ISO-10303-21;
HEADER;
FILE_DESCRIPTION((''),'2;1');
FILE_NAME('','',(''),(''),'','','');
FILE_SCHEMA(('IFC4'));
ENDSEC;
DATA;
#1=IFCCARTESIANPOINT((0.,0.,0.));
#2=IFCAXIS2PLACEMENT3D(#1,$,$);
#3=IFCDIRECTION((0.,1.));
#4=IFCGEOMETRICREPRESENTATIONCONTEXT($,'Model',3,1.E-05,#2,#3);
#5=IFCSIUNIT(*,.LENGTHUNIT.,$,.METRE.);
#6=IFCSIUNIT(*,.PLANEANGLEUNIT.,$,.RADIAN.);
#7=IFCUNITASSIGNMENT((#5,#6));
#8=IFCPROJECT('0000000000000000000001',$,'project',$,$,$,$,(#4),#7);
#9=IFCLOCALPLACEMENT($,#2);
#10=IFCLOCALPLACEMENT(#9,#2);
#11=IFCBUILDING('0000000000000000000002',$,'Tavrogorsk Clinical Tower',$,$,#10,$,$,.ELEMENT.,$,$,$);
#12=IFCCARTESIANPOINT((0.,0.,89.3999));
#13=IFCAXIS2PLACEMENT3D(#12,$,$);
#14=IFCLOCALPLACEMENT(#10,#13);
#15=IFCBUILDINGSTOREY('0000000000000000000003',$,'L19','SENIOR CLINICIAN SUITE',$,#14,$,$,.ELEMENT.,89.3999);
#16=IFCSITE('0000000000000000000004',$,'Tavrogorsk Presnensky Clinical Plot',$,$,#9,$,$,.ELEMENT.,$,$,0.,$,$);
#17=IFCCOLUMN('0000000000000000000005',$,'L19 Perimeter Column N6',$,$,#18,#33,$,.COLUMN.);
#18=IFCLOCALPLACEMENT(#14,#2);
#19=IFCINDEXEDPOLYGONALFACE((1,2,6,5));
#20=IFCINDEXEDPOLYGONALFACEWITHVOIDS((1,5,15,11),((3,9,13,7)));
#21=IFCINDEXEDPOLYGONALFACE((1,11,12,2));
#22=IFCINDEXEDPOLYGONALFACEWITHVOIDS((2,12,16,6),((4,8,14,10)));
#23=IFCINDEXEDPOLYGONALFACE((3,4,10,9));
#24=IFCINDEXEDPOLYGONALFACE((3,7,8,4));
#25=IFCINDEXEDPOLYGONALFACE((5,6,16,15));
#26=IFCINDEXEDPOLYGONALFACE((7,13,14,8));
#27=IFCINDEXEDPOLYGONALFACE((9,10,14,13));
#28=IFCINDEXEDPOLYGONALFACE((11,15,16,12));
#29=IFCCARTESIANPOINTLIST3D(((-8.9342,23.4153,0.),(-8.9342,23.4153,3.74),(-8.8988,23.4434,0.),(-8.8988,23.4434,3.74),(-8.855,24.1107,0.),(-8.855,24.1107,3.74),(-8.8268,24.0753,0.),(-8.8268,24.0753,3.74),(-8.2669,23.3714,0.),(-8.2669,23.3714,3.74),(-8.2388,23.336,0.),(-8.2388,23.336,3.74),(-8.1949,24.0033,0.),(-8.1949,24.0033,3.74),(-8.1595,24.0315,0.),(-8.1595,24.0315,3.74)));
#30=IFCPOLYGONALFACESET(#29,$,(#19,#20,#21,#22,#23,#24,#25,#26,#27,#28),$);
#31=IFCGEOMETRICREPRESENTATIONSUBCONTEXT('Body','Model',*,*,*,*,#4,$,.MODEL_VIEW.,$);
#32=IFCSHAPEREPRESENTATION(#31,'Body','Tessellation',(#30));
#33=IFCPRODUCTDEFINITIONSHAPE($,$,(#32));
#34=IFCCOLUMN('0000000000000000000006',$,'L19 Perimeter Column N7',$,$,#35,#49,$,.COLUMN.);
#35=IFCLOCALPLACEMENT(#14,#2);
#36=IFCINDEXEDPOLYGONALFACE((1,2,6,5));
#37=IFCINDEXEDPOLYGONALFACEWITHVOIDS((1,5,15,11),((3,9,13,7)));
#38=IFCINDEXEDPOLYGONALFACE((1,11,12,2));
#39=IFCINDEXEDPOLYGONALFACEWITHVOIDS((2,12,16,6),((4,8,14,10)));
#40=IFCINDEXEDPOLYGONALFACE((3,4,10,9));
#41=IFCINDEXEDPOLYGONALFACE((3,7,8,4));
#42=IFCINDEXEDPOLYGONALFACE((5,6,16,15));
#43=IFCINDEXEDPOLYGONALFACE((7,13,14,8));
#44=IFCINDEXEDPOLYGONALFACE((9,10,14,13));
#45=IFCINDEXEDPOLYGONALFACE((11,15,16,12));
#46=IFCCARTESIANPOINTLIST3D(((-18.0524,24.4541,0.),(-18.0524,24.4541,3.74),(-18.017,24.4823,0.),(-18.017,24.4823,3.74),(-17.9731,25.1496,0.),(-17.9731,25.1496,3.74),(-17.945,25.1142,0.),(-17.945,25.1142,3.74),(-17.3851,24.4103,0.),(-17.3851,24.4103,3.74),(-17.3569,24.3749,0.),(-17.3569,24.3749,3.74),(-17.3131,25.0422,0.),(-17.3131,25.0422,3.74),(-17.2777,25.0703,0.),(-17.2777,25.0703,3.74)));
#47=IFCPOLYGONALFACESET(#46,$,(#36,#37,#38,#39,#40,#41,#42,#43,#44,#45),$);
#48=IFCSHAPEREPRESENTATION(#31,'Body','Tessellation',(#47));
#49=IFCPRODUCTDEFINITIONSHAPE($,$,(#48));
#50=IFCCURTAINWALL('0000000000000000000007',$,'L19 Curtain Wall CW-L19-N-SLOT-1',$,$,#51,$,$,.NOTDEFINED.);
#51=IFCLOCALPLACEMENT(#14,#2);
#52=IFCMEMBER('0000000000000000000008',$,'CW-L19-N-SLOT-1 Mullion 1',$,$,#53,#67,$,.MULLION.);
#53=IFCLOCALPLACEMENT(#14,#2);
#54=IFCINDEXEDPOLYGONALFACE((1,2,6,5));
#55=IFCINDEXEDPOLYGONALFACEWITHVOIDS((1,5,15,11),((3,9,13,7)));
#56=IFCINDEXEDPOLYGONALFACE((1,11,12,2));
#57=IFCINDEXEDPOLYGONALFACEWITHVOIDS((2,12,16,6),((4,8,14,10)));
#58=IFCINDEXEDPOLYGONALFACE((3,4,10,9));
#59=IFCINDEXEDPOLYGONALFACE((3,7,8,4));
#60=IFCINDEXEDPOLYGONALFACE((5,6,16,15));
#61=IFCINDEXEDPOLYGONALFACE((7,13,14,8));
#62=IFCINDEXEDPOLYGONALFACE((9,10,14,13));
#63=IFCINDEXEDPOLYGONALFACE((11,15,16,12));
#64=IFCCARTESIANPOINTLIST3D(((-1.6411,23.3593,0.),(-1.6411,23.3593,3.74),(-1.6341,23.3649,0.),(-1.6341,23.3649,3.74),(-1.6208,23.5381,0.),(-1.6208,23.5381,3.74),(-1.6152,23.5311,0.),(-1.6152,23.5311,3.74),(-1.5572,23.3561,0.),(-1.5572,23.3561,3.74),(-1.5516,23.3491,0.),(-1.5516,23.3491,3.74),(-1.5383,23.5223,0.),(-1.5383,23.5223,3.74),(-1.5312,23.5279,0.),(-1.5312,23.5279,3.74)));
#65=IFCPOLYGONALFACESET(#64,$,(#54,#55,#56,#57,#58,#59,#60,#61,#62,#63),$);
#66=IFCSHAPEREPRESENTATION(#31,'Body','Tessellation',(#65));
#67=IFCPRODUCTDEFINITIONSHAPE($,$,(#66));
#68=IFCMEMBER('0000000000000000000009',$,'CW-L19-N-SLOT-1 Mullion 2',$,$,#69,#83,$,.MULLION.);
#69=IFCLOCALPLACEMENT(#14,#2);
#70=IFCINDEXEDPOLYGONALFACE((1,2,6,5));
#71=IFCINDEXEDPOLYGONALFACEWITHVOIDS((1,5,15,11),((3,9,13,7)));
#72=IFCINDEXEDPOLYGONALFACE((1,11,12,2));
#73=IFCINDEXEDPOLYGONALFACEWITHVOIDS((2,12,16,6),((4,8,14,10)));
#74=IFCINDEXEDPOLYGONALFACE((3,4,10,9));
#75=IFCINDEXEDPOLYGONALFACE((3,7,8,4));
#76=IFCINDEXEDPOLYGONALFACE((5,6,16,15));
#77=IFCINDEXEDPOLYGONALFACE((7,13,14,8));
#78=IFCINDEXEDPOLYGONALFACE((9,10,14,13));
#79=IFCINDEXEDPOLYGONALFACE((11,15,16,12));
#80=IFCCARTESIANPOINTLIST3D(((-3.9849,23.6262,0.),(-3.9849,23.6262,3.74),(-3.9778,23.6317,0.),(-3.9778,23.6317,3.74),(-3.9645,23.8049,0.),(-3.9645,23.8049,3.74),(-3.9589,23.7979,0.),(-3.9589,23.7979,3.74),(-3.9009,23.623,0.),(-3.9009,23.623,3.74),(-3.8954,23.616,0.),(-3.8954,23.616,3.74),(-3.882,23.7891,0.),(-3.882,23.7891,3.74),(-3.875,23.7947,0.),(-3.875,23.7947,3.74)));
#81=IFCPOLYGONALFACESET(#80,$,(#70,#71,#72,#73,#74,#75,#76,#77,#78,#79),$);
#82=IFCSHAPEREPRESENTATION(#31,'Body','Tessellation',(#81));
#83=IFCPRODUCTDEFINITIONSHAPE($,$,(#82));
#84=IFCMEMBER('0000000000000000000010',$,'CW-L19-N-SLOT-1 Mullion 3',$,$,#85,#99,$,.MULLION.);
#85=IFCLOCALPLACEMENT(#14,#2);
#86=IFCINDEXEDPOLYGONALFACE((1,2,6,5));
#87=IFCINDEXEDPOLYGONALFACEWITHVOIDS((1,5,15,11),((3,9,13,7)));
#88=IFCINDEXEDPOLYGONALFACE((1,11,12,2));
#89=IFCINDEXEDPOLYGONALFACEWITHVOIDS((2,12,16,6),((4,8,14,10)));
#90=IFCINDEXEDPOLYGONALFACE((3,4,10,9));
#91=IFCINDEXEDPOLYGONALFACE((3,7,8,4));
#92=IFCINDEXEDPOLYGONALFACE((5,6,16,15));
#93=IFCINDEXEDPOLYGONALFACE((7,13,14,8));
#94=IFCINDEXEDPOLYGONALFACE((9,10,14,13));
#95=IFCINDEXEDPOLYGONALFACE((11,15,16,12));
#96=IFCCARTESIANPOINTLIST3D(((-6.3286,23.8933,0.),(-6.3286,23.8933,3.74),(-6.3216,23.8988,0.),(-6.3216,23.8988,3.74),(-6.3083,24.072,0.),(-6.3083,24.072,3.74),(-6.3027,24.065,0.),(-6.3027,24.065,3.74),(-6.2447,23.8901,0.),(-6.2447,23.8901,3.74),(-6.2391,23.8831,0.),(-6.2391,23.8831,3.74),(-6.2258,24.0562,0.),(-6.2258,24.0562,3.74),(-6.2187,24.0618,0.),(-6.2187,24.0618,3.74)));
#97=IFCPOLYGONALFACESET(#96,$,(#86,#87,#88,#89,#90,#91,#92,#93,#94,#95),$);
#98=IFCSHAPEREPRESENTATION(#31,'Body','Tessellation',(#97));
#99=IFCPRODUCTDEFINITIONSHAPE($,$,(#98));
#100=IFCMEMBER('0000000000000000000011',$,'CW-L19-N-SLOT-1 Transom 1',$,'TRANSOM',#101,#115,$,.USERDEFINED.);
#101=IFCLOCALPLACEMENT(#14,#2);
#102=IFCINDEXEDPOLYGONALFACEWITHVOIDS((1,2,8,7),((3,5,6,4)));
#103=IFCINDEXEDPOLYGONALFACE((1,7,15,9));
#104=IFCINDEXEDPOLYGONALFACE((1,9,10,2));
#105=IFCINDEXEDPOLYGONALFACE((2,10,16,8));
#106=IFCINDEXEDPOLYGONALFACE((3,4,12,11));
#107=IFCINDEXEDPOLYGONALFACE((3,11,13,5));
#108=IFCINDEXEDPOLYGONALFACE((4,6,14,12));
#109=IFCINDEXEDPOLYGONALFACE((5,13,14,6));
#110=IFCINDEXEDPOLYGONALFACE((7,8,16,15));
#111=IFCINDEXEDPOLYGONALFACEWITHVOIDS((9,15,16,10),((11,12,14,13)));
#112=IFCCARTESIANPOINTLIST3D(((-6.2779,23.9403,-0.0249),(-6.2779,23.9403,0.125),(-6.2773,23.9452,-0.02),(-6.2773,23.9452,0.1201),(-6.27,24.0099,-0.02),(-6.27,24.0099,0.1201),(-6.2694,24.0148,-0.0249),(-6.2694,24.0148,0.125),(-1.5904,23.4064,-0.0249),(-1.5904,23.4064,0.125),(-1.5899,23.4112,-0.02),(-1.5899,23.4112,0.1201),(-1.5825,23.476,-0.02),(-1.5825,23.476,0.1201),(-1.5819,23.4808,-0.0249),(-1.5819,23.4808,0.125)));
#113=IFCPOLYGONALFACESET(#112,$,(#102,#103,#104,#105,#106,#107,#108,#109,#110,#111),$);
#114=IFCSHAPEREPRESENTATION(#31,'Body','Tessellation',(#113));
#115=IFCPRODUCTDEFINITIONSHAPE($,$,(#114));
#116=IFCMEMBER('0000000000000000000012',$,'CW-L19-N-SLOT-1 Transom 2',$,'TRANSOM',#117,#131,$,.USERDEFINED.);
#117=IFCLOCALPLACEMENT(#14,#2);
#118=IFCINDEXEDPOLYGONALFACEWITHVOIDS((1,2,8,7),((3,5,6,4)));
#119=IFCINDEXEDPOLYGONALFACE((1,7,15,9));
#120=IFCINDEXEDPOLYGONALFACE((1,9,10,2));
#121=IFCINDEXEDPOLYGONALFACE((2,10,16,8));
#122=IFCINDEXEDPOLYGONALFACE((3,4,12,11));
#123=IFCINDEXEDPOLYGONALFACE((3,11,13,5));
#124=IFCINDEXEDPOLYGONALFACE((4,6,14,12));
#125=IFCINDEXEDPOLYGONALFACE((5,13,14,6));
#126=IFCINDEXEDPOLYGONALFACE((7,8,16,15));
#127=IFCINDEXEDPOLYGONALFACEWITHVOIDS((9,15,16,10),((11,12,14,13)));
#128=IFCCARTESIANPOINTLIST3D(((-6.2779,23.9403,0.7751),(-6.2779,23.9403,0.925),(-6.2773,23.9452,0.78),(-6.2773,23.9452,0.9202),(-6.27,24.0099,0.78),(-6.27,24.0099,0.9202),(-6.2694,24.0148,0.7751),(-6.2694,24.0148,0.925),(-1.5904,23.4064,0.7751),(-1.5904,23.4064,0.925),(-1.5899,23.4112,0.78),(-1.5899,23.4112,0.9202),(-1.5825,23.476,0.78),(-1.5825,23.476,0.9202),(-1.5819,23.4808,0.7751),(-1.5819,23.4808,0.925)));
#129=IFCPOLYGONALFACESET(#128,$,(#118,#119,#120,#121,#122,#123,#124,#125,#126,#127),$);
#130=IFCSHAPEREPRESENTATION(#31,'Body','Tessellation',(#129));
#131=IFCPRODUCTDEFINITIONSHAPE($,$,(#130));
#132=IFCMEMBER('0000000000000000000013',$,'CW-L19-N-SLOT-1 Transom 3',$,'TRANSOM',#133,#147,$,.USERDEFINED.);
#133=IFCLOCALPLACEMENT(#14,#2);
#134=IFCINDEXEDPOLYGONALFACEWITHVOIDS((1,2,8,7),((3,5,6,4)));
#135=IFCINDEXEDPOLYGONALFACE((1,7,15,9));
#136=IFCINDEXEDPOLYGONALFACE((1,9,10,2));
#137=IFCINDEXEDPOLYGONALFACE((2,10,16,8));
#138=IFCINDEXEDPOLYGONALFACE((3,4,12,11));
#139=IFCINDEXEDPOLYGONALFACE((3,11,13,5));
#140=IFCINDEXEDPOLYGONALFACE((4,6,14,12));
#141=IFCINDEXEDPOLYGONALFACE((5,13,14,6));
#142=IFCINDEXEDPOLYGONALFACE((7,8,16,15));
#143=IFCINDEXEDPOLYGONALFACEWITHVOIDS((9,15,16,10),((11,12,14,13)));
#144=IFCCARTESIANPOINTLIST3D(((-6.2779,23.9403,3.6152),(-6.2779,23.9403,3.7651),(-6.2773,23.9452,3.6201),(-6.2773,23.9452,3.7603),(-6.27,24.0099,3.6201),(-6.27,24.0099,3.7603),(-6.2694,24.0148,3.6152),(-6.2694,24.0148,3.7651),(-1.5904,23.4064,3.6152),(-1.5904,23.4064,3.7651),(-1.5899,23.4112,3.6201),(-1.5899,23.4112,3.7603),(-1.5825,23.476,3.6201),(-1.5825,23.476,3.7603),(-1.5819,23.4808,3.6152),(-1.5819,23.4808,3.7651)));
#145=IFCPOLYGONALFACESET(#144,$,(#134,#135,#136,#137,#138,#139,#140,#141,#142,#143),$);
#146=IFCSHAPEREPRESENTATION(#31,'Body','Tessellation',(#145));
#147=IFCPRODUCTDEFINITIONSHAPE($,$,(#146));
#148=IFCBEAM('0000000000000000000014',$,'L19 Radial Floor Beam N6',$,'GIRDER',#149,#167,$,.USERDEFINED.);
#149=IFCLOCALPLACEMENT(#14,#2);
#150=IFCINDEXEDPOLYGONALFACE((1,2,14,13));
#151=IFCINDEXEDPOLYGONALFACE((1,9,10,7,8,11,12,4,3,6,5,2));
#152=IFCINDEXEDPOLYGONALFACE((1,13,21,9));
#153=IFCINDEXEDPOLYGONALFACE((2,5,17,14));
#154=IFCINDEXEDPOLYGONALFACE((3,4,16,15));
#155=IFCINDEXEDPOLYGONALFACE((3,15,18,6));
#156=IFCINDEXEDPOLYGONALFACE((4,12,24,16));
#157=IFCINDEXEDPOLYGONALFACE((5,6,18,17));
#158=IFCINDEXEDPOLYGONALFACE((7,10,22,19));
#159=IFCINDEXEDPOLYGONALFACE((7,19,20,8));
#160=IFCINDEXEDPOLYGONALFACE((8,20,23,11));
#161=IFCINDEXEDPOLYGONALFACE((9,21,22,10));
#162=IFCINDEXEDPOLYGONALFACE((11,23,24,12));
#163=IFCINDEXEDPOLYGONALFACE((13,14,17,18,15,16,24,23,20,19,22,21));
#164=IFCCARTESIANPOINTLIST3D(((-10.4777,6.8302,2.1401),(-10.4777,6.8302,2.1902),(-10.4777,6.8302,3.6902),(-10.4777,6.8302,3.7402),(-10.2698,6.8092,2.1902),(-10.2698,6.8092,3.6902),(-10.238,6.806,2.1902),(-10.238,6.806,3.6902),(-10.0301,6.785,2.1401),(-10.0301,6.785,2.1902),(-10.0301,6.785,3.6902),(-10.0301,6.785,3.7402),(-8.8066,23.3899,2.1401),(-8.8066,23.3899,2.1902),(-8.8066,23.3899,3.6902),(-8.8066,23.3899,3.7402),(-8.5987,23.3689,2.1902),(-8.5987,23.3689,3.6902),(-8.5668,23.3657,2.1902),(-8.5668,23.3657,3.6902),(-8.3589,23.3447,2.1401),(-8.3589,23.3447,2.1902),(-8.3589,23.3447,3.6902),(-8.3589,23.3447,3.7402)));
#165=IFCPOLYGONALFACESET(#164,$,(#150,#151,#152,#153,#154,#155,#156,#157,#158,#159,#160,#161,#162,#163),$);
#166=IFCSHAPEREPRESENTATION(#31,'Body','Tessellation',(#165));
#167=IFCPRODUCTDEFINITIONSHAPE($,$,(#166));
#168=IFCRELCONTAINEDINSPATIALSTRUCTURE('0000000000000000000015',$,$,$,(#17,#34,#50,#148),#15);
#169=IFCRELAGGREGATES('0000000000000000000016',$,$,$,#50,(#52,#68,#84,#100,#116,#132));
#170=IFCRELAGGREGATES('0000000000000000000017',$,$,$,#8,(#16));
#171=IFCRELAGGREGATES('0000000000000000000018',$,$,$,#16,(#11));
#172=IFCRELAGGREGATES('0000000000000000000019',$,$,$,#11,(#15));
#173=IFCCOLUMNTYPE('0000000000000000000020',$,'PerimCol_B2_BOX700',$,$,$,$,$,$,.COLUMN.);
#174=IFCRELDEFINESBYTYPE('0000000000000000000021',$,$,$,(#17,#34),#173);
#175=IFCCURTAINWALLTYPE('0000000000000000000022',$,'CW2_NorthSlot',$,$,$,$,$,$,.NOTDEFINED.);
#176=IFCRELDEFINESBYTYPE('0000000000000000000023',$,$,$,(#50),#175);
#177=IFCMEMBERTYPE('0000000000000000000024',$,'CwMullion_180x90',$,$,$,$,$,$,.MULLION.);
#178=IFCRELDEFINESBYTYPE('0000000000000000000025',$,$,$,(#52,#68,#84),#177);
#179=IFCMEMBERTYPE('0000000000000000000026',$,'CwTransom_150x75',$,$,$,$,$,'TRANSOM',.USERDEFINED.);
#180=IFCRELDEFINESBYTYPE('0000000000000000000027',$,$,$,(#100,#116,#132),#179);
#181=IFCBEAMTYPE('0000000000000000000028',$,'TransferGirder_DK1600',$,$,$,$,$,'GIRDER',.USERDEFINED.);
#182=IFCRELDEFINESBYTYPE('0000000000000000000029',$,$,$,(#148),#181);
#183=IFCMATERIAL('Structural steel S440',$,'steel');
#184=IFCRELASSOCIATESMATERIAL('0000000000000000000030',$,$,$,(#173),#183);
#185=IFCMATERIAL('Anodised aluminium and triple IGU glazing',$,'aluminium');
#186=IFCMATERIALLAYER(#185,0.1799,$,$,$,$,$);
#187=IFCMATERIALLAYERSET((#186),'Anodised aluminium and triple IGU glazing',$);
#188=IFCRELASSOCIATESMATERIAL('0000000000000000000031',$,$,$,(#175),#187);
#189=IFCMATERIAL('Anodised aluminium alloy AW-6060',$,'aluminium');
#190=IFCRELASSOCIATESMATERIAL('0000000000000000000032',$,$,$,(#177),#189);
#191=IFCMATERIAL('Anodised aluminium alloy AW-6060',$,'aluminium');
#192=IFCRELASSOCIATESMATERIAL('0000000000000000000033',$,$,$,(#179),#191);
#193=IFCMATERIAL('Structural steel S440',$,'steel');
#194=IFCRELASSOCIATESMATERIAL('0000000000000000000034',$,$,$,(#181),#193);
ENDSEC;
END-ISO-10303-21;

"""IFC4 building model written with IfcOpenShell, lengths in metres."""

from ifc_helpers import new_model, si_unit, direction, frame, origin, origin_2d, place, context, subcontext, project, spatial, hollow_rectangle, i_section, extrude, material, layer, layer_set, material_profile, profile_set, type_object, element, aggregate, save


model = new_model("IFC4")

# Units and contexts
model_context = context("Model", 3, precision=1e-05, world=origin(), true_north=direction((0.0, 1.0)))
body_context = subcontext(model_context, "Body", "Model", "MODEL_VIEW")
ifc_project = project(units=[si_unit("LENGTHUNIT", "METRE"), si_unit("PLANEANGLEUNIT", "RADIAN")], contexts=[model_context])

# Site, building, storey
site_placement = place(None, origin())
site = spatial("IfcSite", under=ifc_project, at=site_placement, Name="Tavrogorsk Presnensky Clinical Plot", CompositionType="ELEMENT", RefElevation=0.0)
building_placement = place(site_placement, origin())
building = spatial("IfcBuilding", under=site, at=building_placement, Name="Tavrogorsk Clinical Tower", CompositionType="ELEMENT")
storey_placement = place(building_placement, frame((0.0, 0.0, 89.3999)))
storey = spatial("IfcBuildingStorey", under=building, at=storey_placement, Name="L19", Description="SENIOR CLINICIAN SUITE", CompositionType="ELEMENT", Elevation=89.3999)

# Columns
ifc_material_1 = material(Name="Structural steel S440", Category="steel")
ifc_material_profile_1 = material_profile(ifc_material_1, hollow_rectangle(XDim=0.7, YDim=0.7, WallThickness=0.032, at=origin_2d()), Name="BOX-700x700x32")
ifc_profile_set_1 = profile_set([ifc_material_profile_1], Name="Structural steel S440")
column_type = type_object("IfcColumnType", Name="PerimCol_B2_BOX700", PredefinedType="COLUMN", material=ifc_profile_set_1)
for number, where, z_axis, x_axis, name in (
    (1, (-8.5469, 23.7234, 0.0), (0.0, 0.0, 1.0), (0.993572, -0.113203, 0.0), "L19 Perimeter Column N6"),
    (2, (-17.665, 24.7622, 0.0), (0.0, 0.0, 1.0), (0.993572, -0.113203, 0.0), "L19 Perimeter Column N7"),
):
    element("IfcColumn", number, at=place(storey_placement, frame(where, z_axis=z_axis, x_axis=x_axis)), inside=storey, type_object=column_type, Name=name, PredefinedType="COLUMN", context=body_context, shape_type="SweptSolid", body=[
        extrude(hollow_rectangle(XDim=0.7, YDim=0.7, WallThickness=0.032, at=origin_2d()), origin(), (0.0, 0.0, 1.0), 3.74),
    ])

# Curtain wall, members
ifc_material_2 = material(Name="Anodised aluminium and triple IGU glazing", Category="aluminium")
ifc_layer_1 = layer(ifc_material_2, 0.1799)
ifc_layer_set_1 = layer_set([ifc_layer_1], Name="Anodised aluminium and triple IGU glazing")
curtain_wall_type = type_object("IfcCurtainWallType", Name="CW2_NorthSlot", PredefinedType="NOTDEFINED", material=ifc_layer_set_1)
curtain_wall_placement = place(storey_placement, origin())
curtain_wall = element("IfcCurtainWall", 3, at=curtain_wall_placement, inside=storey, type_object=curtain_wall_type, Name="L19 Curtain Wall CW-L19-N-SLOT-1", PredefinedType="NOTDEFINED")
ifc_material_3 = material(Name="Anodised aluminium alloy AW-6060", Category="aluminium")
ifc_material_profile_2 = material_profile(ifc_material_3, hollow_rectangle(XDim=0.0901, YDim=0.1799, WallThickness=0.0063, at=origin_2d()), Name="RHS-180x90x6.3")
ifc_profile_set_2 = profile_set([ifc_material_profile_2], Name="Anodised aluminium alloy AW-6060")
member_type_1 = type_object("IfcMemberType", Name="CwMullion_180x90", PredefinedType="MULLION", material=ifc_profile_set_2)
member_1_placement = place(storey_placement, frame((-1.5862, 23.4436, 0.0), z_axis=(0.0, 0.0, 1.0), x_axis=(-0.993572, 0.113203, 0.0)))
member_1 = element("IfcMember", 4, at=member_1_placement, type_object=member_type_1, Name="CW-L19-N-SLOT-1 Mullion 1", PredefinedType="MULLION", context=body_context, shape_type="SweptSolid", body=[
    extrude(hollow_rectangle(XDim=0.0901, YDim=0.1799, WallThickness=0.0063, at=origin_2d()), origin(), (0.0, 0.0, 1.0), 3.74),
])
member_2_placement = place(storey_placement, frame((-3.9299, 23.7104, 0.0), z_axis=(0.0, 0.0, 1.0), x_axis=(-0.993572, 0.113203, 0.0)))
member_2 = element("IfcMember", 5, at=member_2_placement, type_object=member_type_1, Name="CW-L19-N-SLOT-1 Mullion 2", PredefinedType="MULLION", context=body_context, shape_type="SweptSolid", body=[
    extrude(hollow_rectangle(XDim=0.0901, YDim=0.1799, WallThickness=0.0063, at=origin_2d()), origin(), (0.0, 0.0, 1.0), 3.74),
])
member_3_placement = place(storey_placement, frame((-6.2737, 23.9775, 0.0), z_axis=(0.0, 0.0, 1.0), x_axis=(-0.993572, 0.113203, 0.0)))
member_3 = element("IfcMember", 6, at=member_3_placement, type_object=member_type_1, Name="CW-L19-N-SLOT-1 Mullion 3", PredefinedType="MULLION", context=body_context, shape_type="SweptSolid", body=[
    extrude(hollow_rectangle(XDim=0.0901, YDim=0.1799, WallThickness=0.0063, at=origin_2d()), origin(), (0.0, 0.0, 1.0), 3.74),
])
ifc_material_4 = material(Name="Anodised aluminium alloy AW-6060", Category="aluminium")
ifc_material_profile_3 = material_profile(ifc_material_4, hollow_rectangle(XDim=0.075, YDim=0.1499, WallThickness=0.0049, at=origin_2d()), Name="RHS-150x75x5")
ifc_profile_set_3 = profile_set([ifc_material_profile_3], Name="Anodised aluminium alloy AW-6060")
member_type_2 = type_object("IfcMemberType", Name="CwTransom_150x75", ElementType="TRANSOM", PredefinedType="USERDEFINED", material=ifc_profile_set_3)
member_4_placement = place(storey_placement, frame((-1.5862, 23.4436, 0.05), z_axis=(-0.993575, 0.113174, 0.0), x_axis=(-0.113174, -0.993575, 0.0)))
member_4 = element("IfcMember", 7, at=member_4_placement, type_object=member_type_2, Name="CW-L19-N-SLOT-1 Transom 1", ObjectType="TRANSOM", PredefinedType="USERDEFINED", context=body_context, shape_type="SweptSolid", body=[
    extrude(hollow_rectangle(XDim=0.075, YDim=0.1499, WallThickness=0.0049, at=origin_2d()), origin(), (0.0, 0.0, 1.0), 4.7178),
])
member_5_placement = place(storey_placement, frame((-1.5862, 23.4436, 0.8501), z_axis=(-0.993575, 0.113174, 0.0), x_axis=(-0.113174, -0.993575, 0.0)))
member_5 = element("IfcMember", 8, at=member_5_placement, type_object=member_type_2, Name="CW-L19-N-SLOT-1 Transom 2", ObjectType="TRANSOM", PredefinedType="USERDEFINED", context=body_context, shape_type="SweptSolid", body=[
    extrude(hollow_rectangle(XDim=0.075, YDim=0.1499, WallThickness=0.0049, at=origin_2d()), origin(), (0.0, 0.0, 1.0), 4.7178),
])
member_6_placement = place(storey_placement, frame((-1.5862, 23.4436, 3.6902), z_axis=(-0.993575, 0.113174, 0.0), x_axis=(-0.113174, -0.993575, 0.0)))
member_6 = element("IfcMember", 9, at=member_6_placement, type_object=member_type_2, Name="CW-L19-N-SLOT-1 Transom 3", ObjectType="TRANSOM", PredefinedType="USERDEFINED", context=body_context, shape_type="SweptSolid", body=[
    extrude(hollow_rectangle(XDim=0.075, YDim=0.1499, WallThickness=0.0049, at=origin_2d()), origin(), (0.0, 0.0, 1.0), 4.7178),
])

# Beam
ifc_material_5 = material(Name="Structural steel S440", Category="steel")
ifc_material_profile_4 = material_profile(ifc_material_5, i_section(OverallWidth=0.45, OverallDepth=1.6001, WebThickness=0.032, FlangeThickness=0.05, at=origin_2d()), Name="DK-1600x450x32x50")
ifc_profile_set_4 = profile_set([ifc_material_profile_4], Name="Structural steel S440")
beam_type_1 = type_object("IfcBeamType", Name="TransferGirder_DK1600", ElementType="GIRDER", PredefinedType="USERDEFINED", material=ifc_profile_set_4)
beam_placement = place(storey_placement, frame((-10.2539, 6.8076, 2.9402), z_axis=(0.100407, 0.994946, 0.0), x_axis=(-0.994946, 0.100407, 0.0)))
element("IfcBeam", 10, at=beam_placement, inside=storey, type_object=beam_type_1, Name="L19 Radial Floor Beam N6", ObjectType="GIRDER", PredefinedType="USERDEFINED", context=body_context, shape_type="SweptSolid", body=[
    extrude(i_section(OverallWidth=0.45, OverallDepth=1.6001, WebThickness=0.032, FlangeThickness=0.05, at=origin_2d()), origin(), (0.0, 0.0, 1.0), 16.6438),
])

aggregate(curtain_wall, [member_1, member_2, member_3, member_4, member_5, member_6])

save(model, "model.ifc")
